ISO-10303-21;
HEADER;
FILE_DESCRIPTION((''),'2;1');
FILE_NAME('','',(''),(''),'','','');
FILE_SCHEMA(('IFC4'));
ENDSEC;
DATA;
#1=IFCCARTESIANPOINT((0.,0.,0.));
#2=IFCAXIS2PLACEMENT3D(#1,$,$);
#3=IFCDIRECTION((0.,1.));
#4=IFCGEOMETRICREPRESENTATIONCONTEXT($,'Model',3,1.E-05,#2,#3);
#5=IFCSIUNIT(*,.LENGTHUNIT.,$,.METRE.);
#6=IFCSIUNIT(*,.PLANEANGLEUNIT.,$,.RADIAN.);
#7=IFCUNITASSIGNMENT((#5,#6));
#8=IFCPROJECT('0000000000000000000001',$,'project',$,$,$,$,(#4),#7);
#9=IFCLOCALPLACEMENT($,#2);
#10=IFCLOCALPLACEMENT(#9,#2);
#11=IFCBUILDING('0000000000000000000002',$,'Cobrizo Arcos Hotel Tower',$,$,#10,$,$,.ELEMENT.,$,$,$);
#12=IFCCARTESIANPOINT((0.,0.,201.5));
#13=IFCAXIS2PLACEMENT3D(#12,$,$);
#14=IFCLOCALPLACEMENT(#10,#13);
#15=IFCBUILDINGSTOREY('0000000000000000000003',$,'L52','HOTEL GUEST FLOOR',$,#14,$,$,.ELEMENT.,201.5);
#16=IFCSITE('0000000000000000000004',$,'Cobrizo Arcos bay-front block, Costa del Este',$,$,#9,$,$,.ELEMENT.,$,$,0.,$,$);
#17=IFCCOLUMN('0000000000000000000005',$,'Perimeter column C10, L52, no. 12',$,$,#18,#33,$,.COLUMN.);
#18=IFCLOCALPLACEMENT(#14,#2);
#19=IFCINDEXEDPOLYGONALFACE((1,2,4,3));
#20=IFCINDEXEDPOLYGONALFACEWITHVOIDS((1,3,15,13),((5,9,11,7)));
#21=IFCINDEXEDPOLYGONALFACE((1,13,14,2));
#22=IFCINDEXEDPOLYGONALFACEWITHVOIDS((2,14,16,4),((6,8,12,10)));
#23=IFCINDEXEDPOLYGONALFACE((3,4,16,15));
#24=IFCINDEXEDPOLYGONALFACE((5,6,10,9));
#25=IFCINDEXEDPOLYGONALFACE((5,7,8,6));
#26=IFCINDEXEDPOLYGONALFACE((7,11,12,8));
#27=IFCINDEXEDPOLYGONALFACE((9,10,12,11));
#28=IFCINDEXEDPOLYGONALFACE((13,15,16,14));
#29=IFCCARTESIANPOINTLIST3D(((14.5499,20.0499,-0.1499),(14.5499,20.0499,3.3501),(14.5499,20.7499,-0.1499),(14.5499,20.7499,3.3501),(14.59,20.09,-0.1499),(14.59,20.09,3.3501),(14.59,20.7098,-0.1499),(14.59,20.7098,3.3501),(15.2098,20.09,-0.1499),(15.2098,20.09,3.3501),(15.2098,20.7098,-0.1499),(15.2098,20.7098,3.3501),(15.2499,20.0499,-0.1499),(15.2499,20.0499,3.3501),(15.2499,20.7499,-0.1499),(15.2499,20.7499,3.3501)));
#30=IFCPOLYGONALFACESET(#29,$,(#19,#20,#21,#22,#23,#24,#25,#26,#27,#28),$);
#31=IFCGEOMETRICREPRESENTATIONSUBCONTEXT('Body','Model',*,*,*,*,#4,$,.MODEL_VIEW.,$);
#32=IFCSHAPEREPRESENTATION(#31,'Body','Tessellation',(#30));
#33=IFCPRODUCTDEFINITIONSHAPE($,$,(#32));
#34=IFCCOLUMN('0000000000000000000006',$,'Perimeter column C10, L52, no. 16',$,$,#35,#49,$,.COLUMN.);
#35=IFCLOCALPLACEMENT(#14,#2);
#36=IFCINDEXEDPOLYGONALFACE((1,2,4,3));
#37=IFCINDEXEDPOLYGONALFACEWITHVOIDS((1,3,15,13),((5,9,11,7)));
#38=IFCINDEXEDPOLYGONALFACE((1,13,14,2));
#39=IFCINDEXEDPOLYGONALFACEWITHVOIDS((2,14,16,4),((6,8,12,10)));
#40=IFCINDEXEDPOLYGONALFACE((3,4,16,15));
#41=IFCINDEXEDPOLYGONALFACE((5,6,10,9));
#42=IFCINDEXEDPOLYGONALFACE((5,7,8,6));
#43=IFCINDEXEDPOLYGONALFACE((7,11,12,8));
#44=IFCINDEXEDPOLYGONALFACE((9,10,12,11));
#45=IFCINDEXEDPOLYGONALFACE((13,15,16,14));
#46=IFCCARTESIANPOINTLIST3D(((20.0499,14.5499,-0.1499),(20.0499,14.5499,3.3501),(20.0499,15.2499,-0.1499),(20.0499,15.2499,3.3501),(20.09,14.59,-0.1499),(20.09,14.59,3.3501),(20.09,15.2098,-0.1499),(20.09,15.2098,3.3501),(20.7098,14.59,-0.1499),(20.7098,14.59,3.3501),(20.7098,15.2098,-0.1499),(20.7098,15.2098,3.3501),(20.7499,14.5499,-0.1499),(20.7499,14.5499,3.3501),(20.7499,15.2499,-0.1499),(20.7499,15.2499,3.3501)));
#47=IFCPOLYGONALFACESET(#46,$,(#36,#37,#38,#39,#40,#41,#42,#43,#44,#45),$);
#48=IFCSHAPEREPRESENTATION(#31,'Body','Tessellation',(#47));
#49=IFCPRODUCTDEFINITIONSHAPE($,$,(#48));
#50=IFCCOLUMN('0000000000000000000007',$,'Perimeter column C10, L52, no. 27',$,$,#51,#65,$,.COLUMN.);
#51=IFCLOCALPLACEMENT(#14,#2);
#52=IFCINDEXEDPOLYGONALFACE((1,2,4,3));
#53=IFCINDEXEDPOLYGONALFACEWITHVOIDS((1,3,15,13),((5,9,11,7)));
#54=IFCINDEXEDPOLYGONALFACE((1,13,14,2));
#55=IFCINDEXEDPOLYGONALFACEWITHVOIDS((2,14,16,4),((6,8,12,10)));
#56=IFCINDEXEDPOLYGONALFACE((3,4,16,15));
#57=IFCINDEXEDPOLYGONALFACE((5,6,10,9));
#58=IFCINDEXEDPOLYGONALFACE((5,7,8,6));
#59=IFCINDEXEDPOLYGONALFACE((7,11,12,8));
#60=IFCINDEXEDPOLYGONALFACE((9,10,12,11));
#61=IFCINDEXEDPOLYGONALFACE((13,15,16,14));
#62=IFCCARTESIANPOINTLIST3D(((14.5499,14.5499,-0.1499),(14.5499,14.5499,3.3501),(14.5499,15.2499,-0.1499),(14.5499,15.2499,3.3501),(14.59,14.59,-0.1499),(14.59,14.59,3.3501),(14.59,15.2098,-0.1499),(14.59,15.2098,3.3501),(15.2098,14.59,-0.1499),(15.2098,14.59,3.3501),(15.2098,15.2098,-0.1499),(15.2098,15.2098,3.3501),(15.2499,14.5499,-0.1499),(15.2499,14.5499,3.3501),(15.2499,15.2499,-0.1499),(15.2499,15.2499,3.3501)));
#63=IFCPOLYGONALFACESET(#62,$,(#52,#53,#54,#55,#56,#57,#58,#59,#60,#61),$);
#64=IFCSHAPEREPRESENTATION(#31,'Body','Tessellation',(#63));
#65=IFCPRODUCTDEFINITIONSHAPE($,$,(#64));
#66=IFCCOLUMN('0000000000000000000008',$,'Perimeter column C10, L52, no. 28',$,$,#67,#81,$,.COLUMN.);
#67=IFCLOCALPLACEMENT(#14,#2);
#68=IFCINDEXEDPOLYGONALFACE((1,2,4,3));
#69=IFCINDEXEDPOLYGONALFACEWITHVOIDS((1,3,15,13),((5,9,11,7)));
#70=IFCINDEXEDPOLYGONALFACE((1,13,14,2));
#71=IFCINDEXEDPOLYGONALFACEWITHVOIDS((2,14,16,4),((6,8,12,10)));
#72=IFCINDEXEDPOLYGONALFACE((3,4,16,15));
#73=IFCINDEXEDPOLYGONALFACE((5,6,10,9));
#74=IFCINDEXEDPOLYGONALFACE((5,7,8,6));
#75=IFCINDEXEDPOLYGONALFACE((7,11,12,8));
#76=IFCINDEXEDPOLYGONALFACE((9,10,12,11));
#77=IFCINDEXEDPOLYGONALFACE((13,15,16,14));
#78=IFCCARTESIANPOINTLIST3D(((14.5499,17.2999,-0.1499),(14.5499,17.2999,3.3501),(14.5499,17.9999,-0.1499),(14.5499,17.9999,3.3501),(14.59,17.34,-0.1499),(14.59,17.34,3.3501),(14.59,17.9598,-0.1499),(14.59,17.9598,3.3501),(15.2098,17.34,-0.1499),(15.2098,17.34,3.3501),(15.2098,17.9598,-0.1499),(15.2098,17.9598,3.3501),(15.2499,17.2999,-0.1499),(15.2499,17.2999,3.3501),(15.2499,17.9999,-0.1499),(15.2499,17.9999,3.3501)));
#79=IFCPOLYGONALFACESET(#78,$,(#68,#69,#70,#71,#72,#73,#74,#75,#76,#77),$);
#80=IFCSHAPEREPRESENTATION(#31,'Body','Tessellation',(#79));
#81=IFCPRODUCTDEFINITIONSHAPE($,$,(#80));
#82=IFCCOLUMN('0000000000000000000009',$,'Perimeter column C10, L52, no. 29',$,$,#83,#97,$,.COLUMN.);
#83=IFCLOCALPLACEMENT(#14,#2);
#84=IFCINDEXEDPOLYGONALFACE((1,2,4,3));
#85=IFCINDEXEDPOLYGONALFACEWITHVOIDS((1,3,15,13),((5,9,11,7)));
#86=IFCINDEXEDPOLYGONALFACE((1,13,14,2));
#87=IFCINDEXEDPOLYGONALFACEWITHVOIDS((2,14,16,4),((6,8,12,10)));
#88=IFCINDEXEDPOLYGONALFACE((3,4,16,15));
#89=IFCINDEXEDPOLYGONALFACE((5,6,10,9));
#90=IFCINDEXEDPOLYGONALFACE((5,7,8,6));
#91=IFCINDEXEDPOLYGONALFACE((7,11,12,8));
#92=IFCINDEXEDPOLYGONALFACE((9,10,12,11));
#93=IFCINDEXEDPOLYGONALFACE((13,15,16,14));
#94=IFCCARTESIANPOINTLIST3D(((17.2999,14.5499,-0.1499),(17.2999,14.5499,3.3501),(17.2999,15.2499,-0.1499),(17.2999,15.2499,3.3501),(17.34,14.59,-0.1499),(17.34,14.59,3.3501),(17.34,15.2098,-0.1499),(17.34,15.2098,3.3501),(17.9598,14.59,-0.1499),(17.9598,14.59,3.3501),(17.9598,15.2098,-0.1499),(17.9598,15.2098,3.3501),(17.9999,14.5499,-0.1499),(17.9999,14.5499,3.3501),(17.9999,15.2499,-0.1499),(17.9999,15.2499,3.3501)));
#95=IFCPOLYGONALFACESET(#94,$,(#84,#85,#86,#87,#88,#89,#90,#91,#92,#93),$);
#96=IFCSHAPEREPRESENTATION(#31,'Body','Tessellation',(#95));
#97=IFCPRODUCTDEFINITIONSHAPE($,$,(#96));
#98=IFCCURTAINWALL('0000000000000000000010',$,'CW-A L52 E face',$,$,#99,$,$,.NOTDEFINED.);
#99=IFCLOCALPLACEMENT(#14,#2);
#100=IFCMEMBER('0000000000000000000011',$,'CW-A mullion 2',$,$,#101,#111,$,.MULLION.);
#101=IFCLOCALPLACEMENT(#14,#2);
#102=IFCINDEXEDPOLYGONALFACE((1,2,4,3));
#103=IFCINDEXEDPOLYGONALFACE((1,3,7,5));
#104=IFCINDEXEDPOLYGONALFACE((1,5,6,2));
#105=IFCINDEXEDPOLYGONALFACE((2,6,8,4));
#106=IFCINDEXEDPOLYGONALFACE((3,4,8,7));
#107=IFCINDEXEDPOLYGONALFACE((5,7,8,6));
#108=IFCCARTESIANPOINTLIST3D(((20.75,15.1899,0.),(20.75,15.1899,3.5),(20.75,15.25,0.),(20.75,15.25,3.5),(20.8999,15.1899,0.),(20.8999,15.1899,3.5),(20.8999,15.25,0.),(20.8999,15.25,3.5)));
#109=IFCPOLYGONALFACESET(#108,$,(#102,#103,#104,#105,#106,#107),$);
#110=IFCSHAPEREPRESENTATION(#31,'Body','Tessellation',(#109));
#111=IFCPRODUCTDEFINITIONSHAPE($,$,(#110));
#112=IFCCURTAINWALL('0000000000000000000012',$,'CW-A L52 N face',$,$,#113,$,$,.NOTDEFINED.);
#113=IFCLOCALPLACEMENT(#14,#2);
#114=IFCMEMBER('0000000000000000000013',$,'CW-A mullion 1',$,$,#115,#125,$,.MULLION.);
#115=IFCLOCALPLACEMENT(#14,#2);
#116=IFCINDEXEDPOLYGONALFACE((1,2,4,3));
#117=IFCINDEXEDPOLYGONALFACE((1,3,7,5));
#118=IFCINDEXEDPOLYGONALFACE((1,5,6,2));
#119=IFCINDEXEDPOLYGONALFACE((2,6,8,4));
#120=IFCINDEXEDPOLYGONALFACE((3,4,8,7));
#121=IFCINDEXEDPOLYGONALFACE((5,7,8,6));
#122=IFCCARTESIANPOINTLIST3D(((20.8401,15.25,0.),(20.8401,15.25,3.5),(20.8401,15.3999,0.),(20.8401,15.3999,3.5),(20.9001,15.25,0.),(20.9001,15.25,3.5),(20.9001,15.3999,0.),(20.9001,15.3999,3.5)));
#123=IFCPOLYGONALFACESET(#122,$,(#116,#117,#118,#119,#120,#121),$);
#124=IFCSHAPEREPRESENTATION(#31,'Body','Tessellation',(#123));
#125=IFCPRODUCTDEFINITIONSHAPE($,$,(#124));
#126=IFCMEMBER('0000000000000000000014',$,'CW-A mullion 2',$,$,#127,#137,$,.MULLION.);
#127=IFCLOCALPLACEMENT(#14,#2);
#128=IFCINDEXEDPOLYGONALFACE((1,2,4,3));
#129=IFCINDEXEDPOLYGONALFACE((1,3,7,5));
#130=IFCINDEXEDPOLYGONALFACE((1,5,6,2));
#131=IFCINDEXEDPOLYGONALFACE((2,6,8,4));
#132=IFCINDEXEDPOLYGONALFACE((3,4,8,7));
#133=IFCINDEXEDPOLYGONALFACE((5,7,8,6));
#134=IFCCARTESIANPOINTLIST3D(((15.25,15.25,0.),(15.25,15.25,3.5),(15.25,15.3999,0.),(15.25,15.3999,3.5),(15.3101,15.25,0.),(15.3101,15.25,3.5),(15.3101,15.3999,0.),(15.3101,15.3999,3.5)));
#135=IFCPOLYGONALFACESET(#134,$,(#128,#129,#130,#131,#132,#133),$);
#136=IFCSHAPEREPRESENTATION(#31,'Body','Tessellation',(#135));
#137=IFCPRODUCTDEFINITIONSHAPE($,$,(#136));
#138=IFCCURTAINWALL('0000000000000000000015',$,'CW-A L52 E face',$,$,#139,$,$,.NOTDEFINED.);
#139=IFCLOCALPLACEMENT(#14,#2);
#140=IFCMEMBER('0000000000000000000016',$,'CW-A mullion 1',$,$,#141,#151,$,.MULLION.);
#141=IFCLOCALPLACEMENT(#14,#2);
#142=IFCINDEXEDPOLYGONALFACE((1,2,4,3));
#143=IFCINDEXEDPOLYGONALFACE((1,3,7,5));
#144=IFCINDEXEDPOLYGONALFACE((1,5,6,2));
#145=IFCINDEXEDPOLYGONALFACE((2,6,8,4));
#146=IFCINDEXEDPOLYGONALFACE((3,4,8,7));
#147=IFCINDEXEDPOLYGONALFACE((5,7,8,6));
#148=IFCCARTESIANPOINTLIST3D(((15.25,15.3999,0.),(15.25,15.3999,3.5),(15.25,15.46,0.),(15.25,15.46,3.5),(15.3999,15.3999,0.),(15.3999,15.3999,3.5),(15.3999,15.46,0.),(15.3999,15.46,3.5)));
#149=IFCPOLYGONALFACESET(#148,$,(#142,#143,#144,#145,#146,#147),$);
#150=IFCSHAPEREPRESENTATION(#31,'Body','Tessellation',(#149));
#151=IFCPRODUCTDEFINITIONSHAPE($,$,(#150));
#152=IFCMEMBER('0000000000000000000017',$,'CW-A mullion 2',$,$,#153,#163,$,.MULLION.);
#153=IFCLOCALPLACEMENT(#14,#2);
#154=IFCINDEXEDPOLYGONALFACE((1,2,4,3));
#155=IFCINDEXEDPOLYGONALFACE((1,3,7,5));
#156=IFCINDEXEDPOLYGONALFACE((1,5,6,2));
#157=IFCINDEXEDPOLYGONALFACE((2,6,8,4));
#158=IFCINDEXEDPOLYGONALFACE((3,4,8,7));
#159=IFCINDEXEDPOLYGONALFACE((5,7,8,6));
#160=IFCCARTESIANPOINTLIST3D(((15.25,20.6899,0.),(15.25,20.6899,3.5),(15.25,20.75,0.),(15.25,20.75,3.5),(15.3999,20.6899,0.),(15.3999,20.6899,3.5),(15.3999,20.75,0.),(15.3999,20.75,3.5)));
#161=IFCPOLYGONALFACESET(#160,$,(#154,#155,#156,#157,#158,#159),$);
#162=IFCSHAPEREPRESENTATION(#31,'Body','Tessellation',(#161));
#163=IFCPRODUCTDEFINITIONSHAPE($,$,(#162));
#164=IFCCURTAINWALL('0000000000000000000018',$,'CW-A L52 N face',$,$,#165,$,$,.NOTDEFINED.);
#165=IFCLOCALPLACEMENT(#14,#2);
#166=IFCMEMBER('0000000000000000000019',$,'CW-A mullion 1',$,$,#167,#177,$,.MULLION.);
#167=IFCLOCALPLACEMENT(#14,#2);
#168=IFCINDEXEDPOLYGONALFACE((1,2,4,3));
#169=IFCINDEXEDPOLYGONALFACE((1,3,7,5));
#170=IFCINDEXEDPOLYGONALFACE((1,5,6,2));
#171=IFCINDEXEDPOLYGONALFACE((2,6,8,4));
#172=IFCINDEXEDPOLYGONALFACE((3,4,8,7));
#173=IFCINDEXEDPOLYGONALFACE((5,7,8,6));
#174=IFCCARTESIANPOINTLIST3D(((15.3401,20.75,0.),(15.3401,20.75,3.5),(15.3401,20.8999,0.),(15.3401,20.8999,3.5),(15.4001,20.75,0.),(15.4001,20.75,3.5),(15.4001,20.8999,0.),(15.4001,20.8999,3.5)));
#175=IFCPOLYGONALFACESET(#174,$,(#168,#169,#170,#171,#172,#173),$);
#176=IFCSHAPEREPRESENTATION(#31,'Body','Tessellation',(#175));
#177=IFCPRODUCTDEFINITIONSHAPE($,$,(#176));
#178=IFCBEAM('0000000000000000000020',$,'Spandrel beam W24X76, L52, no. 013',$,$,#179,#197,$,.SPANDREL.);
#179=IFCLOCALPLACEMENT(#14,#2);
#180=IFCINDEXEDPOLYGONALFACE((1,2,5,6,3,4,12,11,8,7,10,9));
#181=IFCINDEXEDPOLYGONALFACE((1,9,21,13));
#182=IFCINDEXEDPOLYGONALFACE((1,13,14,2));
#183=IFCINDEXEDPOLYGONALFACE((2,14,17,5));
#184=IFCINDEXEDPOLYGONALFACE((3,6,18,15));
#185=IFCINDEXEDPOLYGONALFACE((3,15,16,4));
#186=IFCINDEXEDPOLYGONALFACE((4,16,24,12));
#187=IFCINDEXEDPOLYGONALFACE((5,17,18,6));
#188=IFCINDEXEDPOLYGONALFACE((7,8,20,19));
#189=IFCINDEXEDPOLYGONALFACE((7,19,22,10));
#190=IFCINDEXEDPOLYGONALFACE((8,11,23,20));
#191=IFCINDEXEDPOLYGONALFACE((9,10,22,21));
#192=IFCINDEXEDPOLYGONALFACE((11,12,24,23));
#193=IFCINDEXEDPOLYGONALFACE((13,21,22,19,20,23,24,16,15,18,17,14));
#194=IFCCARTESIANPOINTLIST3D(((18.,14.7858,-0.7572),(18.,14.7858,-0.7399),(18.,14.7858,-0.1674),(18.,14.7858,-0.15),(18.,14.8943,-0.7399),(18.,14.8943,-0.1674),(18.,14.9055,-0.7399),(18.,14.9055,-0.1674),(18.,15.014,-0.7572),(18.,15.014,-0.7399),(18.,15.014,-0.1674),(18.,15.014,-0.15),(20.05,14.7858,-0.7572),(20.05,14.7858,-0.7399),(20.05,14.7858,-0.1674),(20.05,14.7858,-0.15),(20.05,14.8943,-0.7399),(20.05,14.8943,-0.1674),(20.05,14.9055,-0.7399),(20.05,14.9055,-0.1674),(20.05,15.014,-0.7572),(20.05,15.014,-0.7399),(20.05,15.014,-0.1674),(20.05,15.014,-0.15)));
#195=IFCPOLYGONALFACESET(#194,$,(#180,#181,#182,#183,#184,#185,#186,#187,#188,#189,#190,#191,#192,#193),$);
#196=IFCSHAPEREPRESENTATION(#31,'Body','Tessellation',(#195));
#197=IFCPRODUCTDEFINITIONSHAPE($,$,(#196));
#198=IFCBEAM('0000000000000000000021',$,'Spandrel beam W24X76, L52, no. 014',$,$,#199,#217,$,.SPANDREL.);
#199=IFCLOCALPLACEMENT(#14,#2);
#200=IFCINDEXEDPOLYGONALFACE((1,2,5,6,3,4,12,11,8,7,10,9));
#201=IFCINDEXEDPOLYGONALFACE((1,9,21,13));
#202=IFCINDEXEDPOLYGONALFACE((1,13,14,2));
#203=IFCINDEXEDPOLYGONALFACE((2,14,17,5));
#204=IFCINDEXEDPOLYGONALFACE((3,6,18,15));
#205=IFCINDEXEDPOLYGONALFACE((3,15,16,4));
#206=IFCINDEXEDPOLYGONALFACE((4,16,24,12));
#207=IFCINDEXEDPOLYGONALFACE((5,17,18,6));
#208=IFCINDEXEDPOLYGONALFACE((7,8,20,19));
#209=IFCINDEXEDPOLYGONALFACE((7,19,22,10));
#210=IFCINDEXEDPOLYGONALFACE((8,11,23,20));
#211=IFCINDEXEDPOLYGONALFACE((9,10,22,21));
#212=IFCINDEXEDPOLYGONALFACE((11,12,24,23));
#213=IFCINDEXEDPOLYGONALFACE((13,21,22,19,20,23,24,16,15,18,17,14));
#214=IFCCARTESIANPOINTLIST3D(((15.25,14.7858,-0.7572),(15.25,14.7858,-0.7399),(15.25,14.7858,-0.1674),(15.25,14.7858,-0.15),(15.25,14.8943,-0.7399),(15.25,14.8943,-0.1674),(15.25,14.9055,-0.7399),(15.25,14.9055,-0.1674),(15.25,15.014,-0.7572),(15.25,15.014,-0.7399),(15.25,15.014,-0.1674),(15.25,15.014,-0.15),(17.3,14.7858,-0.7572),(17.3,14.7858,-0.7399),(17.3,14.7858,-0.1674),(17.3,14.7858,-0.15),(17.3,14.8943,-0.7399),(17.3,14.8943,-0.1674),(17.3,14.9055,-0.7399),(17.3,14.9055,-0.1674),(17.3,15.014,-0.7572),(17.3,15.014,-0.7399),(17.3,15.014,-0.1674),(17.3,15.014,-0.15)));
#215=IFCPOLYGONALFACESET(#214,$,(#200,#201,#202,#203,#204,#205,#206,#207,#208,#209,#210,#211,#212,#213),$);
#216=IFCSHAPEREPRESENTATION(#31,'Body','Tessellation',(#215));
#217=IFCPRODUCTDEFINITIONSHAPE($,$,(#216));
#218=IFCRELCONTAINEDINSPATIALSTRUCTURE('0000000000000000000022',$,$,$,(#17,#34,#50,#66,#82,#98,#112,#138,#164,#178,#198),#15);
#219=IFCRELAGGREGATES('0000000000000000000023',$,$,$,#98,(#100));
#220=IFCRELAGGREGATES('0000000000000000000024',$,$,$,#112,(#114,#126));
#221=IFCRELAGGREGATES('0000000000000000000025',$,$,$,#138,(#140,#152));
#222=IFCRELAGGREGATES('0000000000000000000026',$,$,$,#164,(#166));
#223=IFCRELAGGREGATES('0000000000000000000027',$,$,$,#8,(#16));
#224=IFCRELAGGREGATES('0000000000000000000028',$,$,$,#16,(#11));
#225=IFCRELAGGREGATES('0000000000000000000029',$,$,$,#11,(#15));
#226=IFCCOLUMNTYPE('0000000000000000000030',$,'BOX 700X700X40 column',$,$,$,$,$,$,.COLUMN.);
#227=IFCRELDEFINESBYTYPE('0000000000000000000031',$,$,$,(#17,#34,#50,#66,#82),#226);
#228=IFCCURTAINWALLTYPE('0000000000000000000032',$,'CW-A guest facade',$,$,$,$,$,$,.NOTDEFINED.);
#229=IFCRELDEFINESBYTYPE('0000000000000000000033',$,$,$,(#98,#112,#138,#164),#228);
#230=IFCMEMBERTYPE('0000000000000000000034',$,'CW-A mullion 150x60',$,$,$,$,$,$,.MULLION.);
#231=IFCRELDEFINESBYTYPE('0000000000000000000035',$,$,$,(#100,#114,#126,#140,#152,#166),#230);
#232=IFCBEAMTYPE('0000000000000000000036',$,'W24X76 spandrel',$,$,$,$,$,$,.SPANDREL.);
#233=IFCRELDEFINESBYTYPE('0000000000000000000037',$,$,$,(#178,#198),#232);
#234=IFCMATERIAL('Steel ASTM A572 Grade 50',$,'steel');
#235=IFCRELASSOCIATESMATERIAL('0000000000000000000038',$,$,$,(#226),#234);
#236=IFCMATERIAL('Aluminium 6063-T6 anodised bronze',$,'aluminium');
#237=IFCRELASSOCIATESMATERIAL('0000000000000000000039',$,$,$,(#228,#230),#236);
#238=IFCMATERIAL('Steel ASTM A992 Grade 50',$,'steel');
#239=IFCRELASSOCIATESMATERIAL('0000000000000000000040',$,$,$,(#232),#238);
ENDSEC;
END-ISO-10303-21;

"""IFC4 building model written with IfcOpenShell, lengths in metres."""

from ifc_helpers import new_model, si_unit, direction, frame, origin, origin_2d, place, context, subcontext, project, spatial, rectangle, hollow_rectangle, i_section, extrude, material, material_profile, profile_set, type_object, element, aggregate, save


model = new_model("IFC4")

# Units and contexts
model_context = context("Model", 3, precision=1e-05, world=origin(), true_north=direction((0.0, 1.0)))
body_context = subcontext(model_context, "Body", "Model", "MODEL_VIEW")
ifc_project = project(units=[si_unit("LENGTHUNIT", "METRE"), si_unit("PLANEANGLEUNIT", "RADIAN")], contexts=[model_context])

# Site, building, storey
site_placement = place(None, origin())
site = spatial("IfcSite", under=ifc_project, at=site_placement, Name="Cobrizo Arcos bay-front block, Costa del Este", CompositionType="ELEMENT", RefElevation=0.0)
building_placement = place(site_placement, origin())
building = spatial("IfcBuilding", under=site, at=building_placement, Name="Cobrizo Arcos Hotel Tower", CompositionType="ELEMENT")
storey_placement = place(building_placement, frame((0.0, 0.0, 201.5)))
storey = spatial("IfcBuildingStorey", under=building, at=storey_placement, Name="L52", Description="HOTEL GUEST FLOOR", CompositionType="ELEMENT", Elevation=201.5)

# Columns
ifc_material_1 = material(Name="Steel ASTM A572 Grade 50", Category="steel")
ifc_material_profile_1 = material_profile(ifc_material_1, hollow_rectangle(XDim=0.7, YDim=0.7, WallThickness=0.04, at=origin_2d()), Name="BOX 700X700X40")
ifc_profile_set_1 = profile_set([ifc_material_profile_1], Name="Steel ASTM A572 Grade 50")
column_type = type_object("IfcColumnType", Name="BOX 700X700X40 column", PredefinedType="COLUMN", material=ifc_profile_set_1)
for number, where, z_axis, x_axis, name in (
    (1, (14.8999, 20.3999, -0.1499), (0.0, 0.0, 1.0), (1.0, 0.0, 0.0), "Perimeter column C10, L52, no. 12"),
    (2, (20.3999, 14.8999, -0.1499), (0.0, 0.0, 1.0), (1.0, 0.0, 0.0), "Perimeter column C10, L52, no. 16"),
    (3, (14.8999, 14.8999, -0.1499), (0.0, 0.0, 1.0), (1.0, 0.0, 0.0), "Perimeter column C10, L52, no. 27"),
    (4, (14.8999, 17.6499, -0.1499), (0.0, 0.0, 1.0), (1.0, 0.0, 0.0), "Perimeter column C10, L52, no. 28"),
    (5, (17.6499, 14.8999, -0.1499), (0.0, 0.0, 1.0), (1.0, 0.0, 0.0), "Perimeter column C10, L52, no. 29"),
):
    element("IfcColumn", number, at=place(storey_placement, frame(where, z_axis=z_axis, x_axis=x_axis)), inside=storey, type_object=column_type, Name=name, PredefinedType="COLUMN", context=body_context, shape_type="SweptSolid", body=[
        extrude(hollow_rectangle(XDim=0.7, YDim=0.7, WallThickness=0.04, at=origin_2d()), origin(), (0.0, 0.0, 1.0), 3.5),
    ])

# Curtain wall, member
ifc_material_2 = material(Name="Aluminium 6063-T6 anodised bronze", Category="aluminium")
curtain_wall_type = type_object("IfcCurtainWallType", Name="CW-A guest facade", PredefinedType="NOTDEFINED", material=ifc_material_2)
curtain_wall_1_placement = place(storey_placement, origin())
curtain_wall_1 = element("IfcCurtainWall", 6, at=curtain_wall_1_placement, inside=storey, type_object=curtain_wall_type, Name="CW-A L52 E face", PredefinedType="NOTDEFINED")
ifc_material_profile_2 = material_profile(ifc_material_2, rectangle(XDim=0.1499, YDim=0.0601, at=origin_2d()), Name="CW-A mullion 150x60")
ifc_profile_set_2 = profile_set([ifc_material_profile_2], Name="Aluminium 6063-T6 anodised bronze")
member_type = type_object("IfcMemberType", Name="CW-A mullion 150x60", PredefinedType="MULLION", material=ifc_profile_set_2)
member_1_placement = place(storey_placement, frame((20.825, 15.22, 0.0), z_axis=(0.0, 0.0, 1.0), x_axis=(1.0, 0.0, 0.0)))
member_1 = element("IfcMember", 7, at=member_1_placement, type_object=member_type, Name="CW-A mullion 2", PredefinedType="MULLION", context=body_context, shape_type="SweptSolid", body=[
    extrude(rectangle(XDim=0.1499, YDim=0.0601, at=origin_2d()), origin(), (0.0, 0.0, 1.0), 3.5),
])

# Curtain walls, members
curtain_wall_2_placement = place(storey_placement, origin())
curtain_wall_2 = element("IfcCurtainWall", 8, at=curtain_wall_2_placement, inside=storey, type_object=curtain_wall_type, Name="CW-A L52 N face", PredefinedType="NOTDEFINED")
member_2_placement = place(storey_placement, frame((20.8701, 15.325, 0.0), z_axis=(0.0, 0.0, 1.0), x_axis=(0.0, 1.0, 0.0)))
member_2 = element("IfcMember", 9, at=member_2_placement, type_object=member_type, Name="CW-A mullion 1", PredefinedType="MULLION", context=body_context, shape_type="SweptSolid", body=[
    extrude(rectangle(XDim=0.1499, YDim=0.0601, at=origin_2d()), origin(), (0.0, 0.0, 1.0), 3.5),
])
member_3_placement = place(storey_placement, frame((15.28, 15.325, 0.0), z_axis=(0.0, 0.0, 1.0), x_axis=(0.0, 1.0, 0.0)))
member_3 = element("IfcMember", 10, at=member_3_placement, type_object=member_type, Name="CW-A mullion 2", PredefinedType="MULLION", context=body_context, shape_type="SweptSolid", body=[
    extrude(rectangle(XDim=0.1499, YDim=0.0601, at=origin_2d()), origin(), (0.0, 0.0, 1.0), 3.5),
])
curtain_wall_3_placement = place(storey_placement, origin())
curtain_wall_3 = element("IfcCurtainWall", 11, at=curtain_wall_3_placement, inside=storey, type_object=curtain_wall_type, Name="CW-A L52 E face", PredefinedType="NOTDEFINED")
member_4_placement = place(storey_placement, frame((15.325, 15.4299, 0.0), z_axis=(0.0, 0.0, 1.0), x_axis=(1.0, 0.0, 0.0)))
member_4 = element("IfcMember", 12, at=member_4_placement, type_object=member_type, Name="CW-A mullion 1", PredefinedType="MULLION", context=body_context, shape_type="SweptSolid", body=[
    extrude(rectangle(XDim=0.1499, YDim=0.0601, at=origin_2d()), origin(), (0.0, 0.0, 1.0), 3.5),
])
member_5_placement = place(storey_placement, frame((15.325, 20.72, 0.0), z_axis=(0.0, 0.0, 1.0), x_axis=(1.0, 0.0, 0.0)))
member_5 = element("IfcMember", 13, at=member_5_placement, type_object=member_type, Name="CW-A mullion 2", PredefinedType="MULLION", context=body_context, shape_type="SweptSolid", body=[
    extrude(rectangle(XDim=0.1499, YDim=0.0601, at=origin_2d()), origin(), (0.0, 0.0, 1.0), 3.5),
])

# Curtain wall, member
curtain_wall_4_placement = place(storey_placement, origin())
curtain_wall_4 = element("IfcCurtainWall", 14, at=curtain_wall_4_placement, inside=storey, type_object=curtain_wall_type, Name="CW-A L52 N face", PredefinedType="NOTDEFINED")
member_6_placement = place(storey_placement, frame((15.3701, 20.825, 0.0), z_axis=(0.0, 0.0, 1.0), x_axis=(0.0, 1.0, 0.0)))
member_6 = element("IfcMember", 15, at=member_6_placement, type_object=member_type, Name="CW-A mullion 1", PredefinedType="MULLION", context=body_context, shape_type="SweptSolid", body=[
    extrude(rectangle(XDim=0.1499, YDim=0.0601, at=origin_2d()), origin(), (0.0, 0.0, 1.0), 3.5),
])

# Beams
ifc_material_3 = material(Name="Steel ASTM A992 Grade 50", Category="steel")
ifc_material_profile_3 = material_profile(ifc_material_3, i_section(OverallWidth=0.2283, OverallDepth=0.6072, WebThickness=0.0112, FlangeThickness=0.0173, at=origin_2d()), Name="W24X76")
ifc_profile_set_3 = profile_set([ifc_material_profile_3], Name="Steel ASTM A992 Grade 50")
beam_type = type_object("IfcBeamType", Name="W24X76 spandrel", PredefinedType="SPANDREL", material=ifc_profile_set_3)
for number, where, z_axis, x_axis, name in (
    (16, (20.05, 14.8999, -0.4536), (-1.0, 0.0, 0.0), (0.0, -1.0, 0.0), "Spandrel beam W24X76, L52, no. 013"),
    (17, (17.3, 14.8999, -0.4536), (-1.0, 0.0, 0.0), (0.0, -1.0, 0.0), "Spandrel beam W24X76, L52, no. 014"),
):
    element("IfcBeam", number, at=place(storey_placement, frame(where, z_axis=z_axis, x_axis=x_axis)), inside=storey, type_object=beam_type, Name=name, PredefinedType="SPANDREL", context=body_context, shape_type="SweptSolid", body=[
        extrude(i_section(OverallWidth=0.2283, OverallDepth=0.6072, WebThickness=0.0112, FlangeThickness=0.0173, at=origin_2d()), origin(), (0.0, 0.0, 1.0), 2.05),
    ])

aggregate(curtain_wall_1, [member_1])
aggregate(curtain_wall_2, [member_2, member_3])
aggregate(curtain_wall_3, [member_4, member_5])
aggregate(curtain_wall_4, [member_6])

save(model, "model.ifc")
